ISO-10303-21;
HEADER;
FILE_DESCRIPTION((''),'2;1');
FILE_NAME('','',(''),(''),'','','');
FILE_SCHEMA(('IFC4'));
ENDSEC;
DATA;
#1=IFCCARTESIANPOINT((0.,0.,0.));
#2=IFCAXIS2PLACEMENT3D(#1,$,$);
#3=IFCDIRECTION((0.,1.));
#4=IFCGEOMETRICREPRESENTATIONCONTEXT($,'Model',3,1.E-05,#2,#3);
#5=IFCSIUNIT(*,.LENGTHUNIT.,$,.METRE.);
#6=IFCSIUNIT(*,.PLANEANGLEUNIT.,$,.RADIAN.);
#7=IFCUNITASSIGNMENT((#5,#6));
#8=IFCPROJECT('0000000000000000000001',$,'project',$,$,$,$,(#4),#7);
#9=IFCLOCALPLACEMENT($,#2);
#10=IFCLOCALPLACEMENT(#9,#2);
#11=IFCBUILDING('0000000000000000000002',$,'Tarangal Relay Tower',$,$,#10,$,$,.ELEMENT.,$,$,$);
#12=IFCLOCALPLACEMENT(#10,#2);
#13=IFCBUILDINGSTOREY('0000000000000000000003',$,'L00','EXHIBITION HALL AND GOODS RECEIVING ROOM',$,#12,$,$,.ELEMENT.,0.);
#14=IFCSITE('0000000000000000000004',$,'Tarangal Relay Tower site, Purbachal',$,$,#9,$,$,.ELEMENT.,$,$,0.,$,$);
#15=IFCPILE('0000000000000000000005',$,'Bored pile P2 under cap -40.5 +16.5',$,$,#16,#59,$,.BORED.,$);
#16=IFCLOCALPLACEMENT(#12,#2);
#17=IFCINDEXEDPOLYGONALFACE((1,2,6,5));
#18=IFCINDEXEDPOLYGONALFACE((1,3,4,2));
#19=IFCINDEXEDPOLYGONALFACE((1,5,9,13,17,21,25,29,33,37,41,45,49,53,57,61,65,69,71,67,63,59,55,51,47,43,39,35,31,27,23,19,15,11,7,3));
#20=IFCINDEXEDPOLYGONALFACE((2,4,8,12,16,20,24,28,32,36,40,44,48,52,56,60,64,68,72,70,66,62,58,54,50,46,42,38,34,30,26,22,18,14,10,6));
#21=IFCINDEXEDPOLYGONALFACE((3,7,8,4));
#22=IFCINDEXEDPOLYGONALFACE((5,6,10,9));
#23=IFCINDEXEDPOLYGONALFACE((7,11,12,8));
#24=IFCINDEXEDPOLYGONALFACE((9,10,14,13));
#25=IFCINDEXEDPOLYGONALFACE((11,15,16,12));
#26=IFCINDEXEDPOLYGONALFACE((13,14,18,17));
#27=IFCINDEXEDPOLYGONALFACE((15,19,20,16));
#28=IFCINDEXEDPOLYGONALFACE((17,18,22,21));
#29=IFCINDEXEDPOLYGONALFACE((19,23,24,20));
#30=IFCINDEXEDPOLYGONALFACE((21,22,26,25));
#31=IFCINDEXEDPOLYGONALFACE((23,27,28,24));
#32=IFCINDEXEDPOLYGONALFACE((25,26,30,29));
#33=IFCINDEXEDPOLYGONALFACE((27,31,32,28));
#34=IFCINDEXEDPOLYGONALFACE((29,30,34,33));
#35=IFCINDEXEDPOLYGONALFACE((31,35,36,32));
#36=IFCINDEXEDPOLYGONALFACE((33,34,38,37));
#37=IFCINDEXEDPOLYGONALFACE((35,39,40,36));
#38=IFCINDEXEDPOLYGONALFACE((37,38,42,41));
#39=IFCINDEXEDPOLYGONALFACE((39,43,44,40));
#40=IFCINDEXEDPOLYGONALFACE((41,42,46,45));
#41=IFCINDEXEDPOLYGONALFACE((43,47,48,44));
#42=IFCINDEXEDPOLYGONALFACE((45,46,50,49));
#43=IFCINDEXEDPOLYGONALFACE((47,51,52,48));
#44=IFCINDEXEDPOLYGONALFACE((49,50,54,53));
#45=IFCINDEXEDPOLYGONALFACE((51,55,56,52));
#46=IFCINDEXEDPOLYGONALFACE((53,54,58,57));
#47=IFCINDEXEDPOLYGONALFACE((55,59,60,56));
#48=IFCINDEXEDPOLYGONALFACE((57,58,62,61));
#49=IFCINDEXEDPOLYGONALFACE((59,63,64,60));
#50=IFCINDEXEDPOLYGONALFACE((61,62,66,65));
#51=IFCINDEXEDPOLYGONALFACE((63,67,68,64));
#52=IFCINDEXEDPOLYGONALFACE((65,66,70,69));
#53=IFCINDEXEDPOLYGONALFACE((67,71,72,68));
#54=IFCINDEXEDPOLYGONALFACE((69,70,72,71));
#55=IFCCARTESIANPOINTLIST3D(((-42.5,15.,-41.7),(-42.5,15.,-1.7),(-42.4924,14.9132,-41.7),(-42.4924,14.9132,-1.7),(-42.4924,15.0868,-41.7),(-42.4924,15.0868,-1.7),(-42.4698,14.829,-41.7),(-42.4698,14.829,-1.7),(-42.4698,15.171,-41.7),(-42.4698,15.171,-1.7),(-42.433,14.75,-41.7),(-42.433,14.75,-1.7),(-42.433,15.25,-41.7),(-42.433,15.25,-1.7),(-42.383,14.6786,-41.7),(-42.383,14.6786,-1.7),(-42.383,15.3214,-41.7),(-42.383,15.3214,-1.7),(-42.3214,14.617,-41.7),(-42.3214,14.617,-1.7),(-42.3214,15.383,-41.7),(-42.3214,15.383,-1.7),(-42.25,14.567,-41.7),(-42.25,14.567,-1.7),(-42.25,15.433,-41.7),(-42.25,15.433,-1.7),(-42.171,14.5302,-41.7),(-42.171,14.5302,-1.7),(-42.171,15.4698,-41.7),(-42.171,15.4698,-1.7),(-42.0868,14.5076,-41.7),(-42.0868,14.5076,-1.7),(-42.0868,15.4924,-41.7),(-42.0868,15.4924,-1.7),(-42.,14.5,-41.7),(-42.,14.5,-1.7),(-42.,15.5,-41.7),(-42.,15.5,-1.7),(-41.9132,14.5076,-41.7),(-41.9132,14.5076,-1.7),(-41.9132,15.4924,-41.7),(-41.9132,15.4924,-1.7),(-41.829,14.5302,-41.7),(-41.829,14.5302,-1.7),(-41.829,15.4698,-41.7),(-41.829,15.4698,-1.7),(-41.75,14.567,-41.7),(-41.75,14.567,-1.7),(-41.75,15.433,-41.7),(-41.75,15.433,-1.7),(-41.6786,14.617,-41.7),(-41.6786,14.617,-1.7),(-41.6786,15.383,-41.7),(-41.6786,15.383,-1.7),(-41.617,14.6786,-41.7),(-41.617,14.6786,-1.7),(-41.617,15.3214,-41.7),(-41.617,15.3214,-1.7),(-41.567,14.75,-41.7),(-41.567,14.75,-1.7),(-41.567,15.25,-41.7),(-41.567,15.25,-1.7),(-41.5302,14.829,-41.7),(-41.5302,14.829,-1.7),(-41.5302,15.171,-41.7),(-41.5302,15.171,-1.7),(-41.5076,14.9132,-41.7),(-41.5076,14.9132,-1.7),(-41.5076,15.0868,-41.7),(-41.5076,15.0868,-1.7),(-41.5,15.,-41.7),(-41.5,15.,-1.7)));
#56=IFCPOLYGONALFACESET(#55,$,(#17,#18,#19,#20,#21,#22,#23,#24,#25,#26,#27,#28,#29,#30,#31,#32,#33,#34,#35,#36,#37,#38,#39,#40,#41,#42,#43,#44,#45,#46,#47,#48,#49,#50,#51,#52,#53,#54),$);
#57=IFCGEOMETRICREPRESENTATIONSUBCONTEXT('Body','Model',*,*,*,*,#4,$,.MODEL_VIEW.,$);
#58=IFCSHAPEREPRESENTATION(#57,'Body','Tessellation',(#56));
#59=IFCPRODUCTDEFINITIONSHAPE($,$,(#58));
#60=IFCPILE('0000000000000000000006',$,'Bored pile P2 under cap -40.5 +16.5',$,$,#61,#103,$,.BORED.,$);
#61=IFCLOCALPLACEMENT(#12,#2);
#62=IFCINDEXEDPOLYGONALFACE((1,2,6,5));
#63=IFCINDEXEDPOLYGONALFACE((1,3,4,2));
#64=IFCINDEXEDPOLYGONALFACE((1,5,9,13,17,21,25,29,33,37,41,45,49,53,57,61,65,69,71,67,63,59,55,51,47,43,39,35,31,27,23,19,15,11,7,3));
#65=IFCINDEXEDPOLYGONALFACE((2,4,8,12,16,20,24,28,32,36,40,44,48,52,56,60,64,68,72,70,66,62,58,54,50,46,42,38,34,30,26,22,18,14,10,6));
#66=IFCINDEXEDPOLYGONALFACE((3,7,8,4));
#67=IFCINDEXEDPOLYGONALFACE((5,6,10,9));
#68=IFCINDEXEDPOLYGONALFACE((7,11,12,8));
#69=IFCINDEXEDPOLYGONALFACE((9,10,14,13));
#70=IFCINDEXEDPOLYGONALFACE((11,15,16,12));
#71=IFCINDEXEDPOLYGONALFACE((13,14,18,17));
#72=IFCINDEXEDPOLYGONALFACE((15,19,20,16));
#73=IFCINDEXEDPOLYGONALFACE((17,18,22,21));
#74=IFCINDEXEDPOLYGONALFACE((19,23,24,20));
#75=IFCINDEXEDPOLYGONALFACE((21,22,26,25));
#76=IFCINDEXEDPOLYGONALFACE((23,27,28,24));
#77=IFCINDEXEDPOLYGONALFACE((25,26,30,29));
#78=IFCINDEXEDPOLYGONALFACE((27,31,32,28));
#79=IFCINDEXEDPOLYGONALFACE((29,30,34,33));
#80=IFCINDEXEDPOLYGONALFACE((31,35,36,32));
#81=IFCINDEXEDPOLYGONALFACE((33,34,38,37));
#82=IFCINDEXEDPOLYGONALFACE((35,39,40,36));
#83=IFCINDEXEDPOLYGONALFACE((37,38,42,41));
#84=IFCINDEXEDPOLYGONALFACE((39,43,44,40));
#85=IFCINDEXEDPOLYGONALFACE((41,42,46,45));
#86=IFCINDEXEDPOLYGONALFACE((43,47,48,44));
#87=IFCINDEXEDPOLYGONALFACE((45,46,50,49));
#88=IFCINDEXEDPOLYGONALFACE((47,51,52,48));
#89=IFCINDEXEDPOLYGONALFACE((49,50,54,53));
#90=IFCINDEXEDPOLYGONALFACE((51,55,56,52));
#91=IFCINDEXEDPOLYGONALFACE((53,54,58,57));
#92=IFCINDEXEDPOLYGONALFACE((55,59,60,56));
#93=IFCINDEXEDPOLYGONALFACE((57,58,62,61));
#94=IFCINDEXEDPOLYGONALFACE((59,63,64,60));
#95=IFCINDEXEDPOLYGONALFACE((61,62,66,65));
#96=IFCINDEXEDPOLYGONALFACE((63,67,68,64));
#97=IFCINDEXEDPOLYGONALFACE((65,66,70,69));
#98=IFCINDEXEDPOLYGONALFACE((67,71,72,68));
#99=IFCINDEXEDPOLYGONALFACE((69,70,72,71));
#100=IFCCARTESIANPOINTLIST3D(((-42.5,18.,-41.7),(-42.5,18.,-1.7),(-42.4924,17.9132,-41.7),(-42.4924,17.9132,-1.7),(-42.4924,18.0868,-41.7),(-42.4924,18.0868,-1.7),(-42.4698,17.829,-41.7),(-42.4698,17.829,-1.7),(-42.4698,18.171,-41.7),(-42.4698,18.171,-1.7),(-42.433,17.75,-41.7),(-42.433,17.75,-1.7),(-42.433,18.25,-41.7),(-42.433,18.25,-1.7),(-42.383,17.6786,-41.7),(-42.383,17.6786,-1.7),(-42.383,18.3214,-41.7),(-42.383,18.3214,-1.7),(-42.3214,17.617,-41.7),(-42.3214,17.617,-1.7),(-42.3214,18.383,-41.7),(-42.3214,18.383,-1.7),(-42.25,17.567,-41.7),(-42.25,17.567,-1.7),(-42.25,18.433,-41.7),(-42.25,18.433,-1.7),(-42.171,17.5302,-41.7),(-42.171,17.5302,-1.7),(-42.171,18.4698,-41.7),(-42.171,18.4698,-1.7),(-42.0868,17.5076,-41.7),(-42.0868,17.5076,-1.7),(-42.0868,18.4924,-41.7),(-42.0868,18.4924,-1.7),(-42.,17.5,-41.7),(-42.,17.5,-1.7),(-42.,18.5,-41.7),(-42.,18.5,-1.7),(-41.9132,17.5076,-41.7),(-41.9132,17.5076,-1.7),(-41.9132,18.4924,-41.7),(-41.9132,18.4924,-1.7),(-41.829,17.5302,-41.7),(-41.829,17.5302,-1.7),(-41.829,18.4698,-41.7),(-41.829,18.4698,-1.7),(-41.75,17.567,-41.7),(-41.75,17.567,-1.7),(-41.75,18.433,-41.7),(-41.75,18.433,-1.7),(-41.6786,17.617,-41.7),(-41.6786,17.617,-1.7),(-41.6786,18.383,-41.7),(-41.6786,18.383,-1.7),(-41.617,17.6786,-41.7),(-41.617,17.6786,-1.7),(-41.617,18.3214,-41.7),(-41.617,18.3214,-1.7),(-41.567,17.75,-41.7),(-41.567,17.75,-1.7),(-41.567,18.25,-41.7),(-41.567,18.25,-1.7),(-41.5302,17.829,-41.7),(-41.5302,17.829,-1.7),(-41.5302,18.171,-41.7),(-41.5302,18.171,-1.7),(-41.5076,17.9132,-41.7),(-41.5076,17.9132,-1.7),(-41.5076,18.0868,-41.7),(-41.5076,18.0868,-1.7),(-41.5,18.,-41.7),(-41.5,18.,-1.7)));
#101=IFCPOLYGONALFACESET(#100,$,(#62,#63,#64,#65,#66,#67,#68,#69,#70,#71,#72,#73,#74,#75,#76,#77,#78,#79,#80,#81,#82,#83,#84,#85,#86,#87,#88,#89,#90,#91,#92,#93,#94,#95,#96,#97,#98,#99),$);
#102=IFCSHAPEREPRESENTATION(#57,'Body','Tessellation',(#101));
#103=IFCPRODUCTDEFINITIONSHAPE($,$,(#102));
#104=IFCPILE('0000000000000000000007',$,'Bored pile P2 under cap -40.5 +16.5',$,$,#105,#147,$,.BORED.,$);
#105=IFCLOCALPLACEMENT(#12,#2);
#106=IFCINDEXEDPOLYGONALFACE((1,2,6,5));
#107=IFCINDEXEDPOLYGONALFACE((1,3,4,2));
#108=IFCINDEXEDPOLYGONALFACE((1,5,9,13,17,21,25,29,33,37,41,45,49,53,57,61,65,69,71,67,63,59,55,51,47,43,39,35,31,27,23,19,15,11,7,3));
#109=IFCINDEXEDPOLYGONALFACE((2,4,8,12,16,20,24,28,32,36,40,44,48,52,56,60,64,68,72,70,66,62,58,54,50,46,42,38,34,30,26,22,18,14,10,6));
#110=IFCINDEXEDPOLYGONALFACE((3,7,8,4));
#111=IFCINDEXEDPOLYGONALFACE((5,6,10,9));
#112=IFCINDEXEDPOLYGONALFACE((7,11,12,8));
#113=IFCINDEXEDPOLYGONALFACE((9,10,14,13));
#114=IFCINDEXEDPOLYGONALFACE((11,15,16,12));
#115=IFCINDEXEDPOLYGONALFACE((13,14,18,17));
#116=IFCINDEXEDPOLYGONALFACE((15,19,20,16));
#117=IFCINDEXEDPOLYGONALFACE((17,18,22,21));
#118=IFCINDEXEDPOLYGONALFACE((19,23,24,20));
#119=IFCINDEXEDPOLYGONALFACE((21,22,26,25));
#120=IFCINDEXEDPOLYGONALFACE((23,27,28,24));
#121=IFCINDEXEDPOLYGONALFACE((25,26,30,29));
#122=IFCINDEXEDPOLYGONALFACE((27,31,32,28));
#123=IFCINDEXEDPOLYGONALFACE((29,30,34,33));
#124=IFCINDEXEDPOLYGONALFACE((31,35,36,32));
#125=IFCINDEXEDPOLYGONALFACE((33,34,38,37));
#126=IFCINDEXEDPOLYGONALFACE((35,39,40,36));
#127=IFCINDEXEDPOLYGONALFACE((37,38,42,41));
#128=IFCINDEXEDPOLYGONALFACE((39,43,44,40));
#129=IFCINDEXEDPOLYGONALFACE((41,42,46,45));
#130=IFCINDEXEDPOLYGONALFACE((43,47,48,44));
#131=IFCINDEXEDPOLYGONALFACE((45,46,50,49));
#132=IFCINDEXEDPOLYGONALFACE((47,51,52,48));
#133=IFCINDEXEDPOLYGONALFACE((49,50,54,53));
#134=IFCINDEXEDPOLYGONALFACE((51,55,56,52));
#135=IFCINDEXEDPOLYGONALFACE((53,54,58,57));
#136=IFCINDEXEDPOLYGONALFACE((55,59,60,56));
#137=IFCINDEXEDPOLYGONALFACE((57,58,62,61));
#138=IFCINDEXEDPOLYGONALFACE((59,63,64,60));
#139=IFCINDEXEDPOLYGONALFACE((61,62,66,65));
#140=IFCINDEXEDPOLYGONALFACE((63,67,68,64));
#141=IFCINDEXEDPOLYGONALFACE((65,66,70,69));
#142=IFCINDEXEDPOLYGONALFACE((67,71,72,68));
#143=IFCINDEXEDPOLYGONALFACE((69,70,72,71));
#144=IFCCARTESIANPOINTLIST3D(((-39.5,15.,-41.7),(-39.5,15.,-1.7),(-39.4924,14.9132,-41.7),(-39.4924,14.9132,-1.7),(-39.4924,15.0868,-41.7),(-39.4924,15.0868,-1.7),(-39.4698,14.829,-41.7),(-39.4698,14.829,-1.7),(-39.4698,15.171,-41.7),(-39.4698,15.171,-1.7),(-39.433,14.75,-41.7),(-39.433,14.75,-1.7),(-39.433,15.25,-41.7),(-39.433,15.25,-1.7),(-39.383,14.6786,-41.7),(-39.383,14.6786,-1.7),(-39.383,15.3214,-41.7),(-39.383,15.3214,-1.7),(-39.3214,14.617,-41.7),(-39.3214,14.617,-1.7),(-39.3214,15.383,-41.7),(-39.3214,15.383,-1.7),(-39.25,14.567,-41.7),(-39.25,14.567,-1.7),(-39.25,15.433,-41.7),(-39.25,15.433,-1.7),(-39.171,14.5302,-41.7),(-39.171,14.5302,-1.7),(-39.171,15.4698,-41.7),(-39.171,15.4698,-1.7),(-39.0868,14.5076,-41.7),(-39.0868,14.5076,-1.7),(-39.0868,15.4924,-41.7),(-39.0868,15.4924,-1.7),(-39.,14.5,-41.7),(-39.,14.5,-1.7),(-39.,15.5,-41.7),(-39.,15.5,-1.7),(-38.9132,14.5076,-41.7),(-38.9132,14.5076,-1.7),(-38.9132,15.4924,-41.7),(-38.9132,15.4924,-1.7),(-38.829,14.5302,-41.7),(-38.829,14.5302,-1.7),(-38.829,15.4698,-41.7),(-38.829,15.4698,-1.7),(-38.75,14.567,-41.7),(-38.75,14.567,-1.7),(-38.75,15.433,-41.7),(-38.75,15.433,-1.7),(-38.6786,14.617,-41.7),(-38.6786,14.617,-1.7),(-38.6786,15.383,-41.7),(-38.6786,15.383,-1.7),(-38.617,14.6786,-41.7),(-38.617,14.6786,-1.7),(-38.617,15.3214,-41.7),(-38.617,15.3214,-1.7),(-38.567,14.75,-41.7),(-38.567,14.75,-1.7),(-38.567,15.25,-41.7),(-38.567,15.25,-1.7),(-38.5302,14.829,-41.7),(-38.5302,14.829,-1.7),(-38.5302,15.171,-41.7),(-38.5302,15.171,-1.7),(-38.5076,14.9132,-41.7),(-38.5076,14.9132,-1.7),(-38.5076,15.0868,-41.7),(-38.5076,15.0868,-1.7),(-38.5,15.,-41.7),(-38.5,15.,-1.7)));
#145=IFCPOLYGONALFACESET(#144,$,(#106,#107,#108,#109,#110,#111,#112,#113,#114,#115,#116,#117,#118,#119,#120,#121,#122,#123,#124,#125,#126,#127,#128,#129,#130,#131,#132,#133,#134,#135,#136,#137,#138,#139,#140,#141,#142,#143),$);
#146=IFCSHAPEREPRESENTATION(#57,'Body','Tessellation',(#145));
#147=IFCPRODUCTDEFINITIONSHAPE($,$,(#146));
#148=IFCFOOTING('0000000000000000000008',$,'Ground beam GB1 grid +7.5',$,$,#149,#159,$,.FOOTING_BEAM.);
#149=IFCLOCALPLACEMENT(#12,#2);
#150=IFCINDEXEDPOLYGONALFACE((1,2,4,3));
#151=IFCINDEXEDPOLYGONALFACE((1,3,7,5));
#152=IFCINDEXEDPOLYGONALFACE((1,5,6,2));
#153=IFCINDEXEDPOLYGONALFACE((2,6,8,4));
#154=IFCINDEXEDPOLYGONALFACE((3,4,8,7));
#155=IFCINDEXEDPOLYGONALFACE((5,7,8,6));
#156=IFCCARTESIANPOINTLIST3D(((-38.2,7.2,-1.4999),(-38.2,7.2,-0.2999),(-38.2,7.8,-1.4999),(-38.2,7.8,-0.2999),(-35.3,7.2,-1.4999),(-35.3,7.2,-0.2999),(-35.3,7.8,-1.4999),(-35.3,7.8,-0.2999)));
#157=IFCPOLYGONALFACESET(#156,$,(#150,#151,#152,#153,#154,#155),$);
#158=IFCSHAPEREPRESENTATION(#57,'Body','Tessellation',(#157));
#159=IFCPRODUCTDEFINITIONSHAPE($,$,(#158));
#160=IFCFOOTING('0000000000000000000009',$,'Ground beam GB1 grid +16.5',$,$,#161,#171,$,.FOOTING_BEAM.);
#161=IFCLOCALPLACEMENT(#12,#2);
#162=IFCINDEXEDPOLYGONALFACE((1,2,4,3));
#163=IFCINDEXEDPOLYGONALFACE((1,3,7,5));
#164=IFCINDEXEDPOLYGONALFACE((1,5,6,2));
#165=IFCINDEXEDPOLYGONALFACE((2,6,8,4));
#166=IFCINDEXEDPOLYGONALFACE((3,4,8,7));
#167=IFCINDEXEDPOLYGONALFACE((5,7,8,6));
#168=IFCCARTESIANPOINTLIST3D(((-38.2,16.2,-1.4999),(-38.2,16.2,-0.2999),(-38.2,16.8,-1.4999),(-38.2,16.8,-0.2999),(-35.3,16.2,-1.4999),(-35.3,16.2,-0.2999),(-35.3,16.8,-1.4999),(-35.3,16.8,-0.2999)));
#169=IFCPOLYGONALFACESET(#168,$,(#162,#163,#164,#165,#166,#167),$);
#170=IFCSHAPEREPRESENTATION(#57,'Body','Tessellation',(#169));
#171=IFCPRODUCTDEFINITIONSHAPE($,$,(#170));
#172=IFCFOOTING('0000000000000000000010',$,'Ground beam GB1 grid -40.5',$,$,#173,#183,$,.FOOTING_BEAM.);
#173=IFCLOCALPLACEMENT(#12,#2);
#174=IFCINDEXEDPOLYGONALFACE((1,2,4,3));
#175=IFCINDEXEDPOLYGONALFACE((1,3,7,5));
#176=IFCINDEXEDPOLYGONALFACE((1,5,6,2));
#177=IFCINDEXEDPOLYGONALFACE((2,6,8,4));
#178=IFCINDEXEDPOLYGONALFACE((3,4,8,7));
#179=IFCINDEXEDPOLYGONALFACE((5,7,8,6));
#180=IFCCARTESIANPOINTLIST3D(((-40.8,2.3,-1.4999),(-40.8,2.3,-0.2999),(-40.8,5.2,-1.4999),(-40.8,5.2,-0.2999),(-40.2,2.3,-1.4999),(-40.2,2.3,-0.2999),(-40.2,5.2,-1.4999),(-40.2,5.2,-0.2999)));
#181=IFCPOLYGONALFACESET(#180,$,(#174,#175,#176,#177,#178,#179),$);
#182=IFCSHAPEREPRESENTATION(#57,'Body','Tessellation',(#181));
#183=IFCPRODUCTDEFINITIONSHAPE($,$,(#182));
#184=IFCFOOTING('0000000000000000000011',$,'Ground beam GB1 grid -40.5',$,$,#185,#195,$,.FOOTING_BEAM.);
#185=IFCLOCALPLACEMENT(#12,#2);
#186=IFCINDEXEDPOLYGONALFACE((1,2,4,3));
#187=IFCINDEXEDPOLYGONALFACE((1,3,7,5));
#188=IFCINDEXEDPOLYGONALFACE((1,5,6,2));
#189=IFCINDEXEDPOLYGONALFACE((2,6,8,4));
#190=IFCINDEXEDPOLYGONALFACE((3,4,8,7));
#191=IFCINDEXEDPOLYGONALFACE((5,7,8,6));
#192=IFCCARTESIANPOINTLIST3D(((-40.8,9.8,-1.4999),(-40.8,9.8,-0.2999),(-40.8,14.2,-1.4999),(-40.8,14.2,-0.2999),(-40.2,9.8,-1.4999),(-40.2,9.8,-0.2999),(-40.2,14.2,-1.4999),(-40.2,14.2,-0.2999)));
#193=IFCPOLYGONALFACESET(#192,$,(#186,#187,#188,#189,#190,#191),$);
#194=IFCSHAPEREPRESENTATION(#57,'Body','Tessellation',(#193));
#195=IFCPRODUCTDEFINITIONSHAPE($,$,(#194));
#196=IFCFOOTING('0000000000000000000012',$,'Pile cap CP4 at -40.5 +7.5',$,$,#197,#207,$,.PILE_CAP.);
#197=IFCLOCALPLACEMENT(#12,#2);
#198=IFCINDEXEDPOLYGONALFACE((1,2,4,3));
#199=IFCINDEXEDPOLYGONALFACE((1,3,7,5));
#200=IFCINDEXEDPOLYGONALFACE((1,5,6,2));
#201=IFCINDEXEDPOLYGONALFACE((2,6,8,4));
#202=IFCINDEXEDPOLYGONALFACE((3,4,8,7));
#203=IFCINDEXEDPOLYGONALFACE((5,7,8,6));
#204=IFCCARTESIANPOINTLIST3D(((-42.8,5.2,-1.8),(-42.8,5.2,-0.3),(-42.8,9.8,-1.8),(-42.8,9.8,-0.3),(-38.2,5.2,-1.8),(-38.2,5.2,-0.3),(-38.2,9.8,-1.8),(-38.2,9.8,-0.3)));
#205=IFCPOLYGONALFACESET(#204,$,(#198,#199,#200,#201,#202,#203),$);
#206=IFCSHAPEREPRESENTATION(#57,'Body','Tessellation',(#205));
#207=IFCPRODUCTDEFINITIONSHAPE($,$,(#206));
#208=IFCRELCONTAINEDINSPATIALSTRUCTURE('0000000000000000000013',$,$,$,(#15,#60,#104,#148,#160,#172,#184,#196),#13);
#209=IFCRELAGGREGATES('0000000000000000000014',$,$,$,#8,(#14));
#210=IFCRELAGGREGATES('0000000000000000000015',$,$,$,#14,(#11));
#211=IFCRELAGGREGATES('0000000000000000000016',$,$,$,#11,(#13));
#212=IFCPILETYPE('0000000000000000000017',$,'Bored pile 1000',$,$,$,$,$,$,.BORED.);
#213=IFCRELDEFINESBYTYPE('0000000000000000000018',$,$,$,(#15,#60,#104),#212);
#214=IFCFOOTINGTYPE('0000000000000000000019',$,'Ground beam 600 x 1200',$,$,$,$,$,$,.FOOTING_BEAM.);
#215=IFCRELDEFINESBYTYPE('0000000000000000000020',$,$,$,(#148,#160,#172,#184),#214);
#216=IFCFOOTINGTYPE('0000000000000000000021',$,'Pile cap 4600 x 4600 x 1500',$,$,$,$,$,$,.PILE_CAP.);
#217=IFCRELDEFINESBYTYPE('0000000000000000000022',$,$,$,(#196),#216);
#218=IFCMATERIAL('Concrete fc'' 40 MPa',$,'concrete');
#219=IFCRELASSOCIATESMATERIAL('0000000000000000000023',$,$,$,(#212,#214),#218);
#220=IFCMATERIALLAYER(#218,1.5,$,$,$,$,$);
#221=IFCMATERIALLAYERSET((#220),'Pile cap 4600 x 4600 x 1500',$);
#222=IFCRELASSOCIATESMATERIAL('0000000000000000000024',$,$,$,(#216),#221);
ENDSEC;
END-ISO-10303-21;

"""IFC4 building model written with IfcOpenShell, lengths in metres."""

from ifc_helpers import new_model, si_unit, direction, frame, origin, origin_2d, place, context, subcontext, project, spatial, rectangle, circle, extrude, material, layer, layer_set, material_profile, profile_set, type_object, element, save


model = new_model("IFC4")

# Units and contexts
model_context = context("Model", 3, precision=1e-05, world=origin(), true_north=direction((0.0, 1.0)))
body_context = subcontext(model_context, "Body", "Model", "MODEL_VIEW")
ifc_project = project(units=[si_unit("LENGTHUNIT", "METRE"), si_unit("PLANEANGLEUNIT", "RADIAN")], contexts=[model_context])

# Site, building, storey
site_placement = place(None, origin())
site = spatial("IfcSite", under=ifc_project, at=site_placement, Name="Tarangal Relay Tower site, Purbachal", CompositionType="ELEMENT", RefElevation=0.0)
building_placement = place(site_placement, origin())
building = spatial("IfcBuilding", under=site, at=building_placement, Name="Tarangal Relay Tower", CompositionType="ELEMENT")
storey_placement = place(building_placement, origin())
storey = spatial("IfcBuildingStorey", under=building, at=storey_placement, Name="L00", Description="EXHIBITION HALL AND GOODS RECEIVING ROOM", CompositionType="ELEMENT", Elevation=0.0)

# Piles
ifc_material_1 = material(Name="Concrete fc' 40 MPa", Category="concrete")
ifc_material_profile_1 = material_profile(ifc_material_1, circle(Radius=0.5, at=origin_2d()), Name="D1000")
ifc_profile_set_1 = profile_set([ifc_material_profile_1], Name="Concrete fc' 40 MPa")
pile_type = type_object("IfcPileType", Name="Bored pile 1000", PredefinedType="BORED", material=ifc_profile_set_1)
for number, where, z_axis, x_axis, name in (
    (1, (-42.0, 15.0, -1.7), (0.0, 0.0, -1.0), (1.0, 0.0, 0.0), "Bored pile P2 under cap -40.5 +16.5"),
    (2, (-42.0, 18.0, -1.7), (0.0, 0.0, -1.0), (1.0, 0.0, 0.0), "Bored pile P2 under cap -40.5 +16.5"),
    (3, (-39.0, 15.0, -1.7), (0.0, 0.0, -1.0), (1.0, 0.0, 0.0), "Bored pile P2 under cap -40.5 +16.5"),
):
    element("IfcPile", number, at=place(storey_placement, frame(where, z_axis=z_axis, x_axis=x_axis)), inside=storey, type_object=pile_type, Name=name, PredefinedType="BORED", context=body_context, shape_type="SweptSolid", body=[
        extrude(circle(Radius=0.5, at=origin_2d()), origin(), (0.0, 0.0, 1.0), 40.0),
    ])

# Footings
ifc_material_profile_2 = material_profile(ifc_material_1, rectangle(XDim=0.6001, YDim=1.2, at=origin_2d()), Name="GB 600X1200")
ifc_profile_set_2 = profile_set([ifc_material_profile_2], Name="Concrete fc' 40 MPa")
footing_type_1 = type_object("IfcFootingType", Name="Ground beam 600 x 1200", PredefinedType="FOOTING_BEAM", material=ifc_profile_set_2)
for number, where, z_axis, x_axis, name in (
    (4, (-35.3, 7.5, -0.8999), (-1.0, 0.0, 0.0), (0.0, -1.0, 0.0), "Ground beam GB1 grid +7.5"),
    (5, (-35.3, 16.5, -0.8999), (-1.0, 0.0, 0.0), (0.0, -1.0, 0.0), "Ground beam GB1 grid +16.5"),
    (6, (-40.5, 2.3, -0.8999), (0.0, 1.0, 0.0), (-1.0, 0.0, 0.0), "Ground beam GB1 grid -40.5"),
):
    element("IfcFooting", number, at=place(storey_placement, frame(where, z_axis=z_axis, x_axis=x_axis)), inside=storey, type_object=footing_type_1, Name=name, PredefinedType="FOOTING_BEAM", context=body_context, shape_type="SweptSolid", body=[
        extrude(rectangle(XDim=0.6001, YDim=1.2, at=origin_2d()), origin(), (0.0, 0.0, 1.0), 2.8999),
    ])
footing_placement = place(storey_placement, frame((-40.5, 9.8, -0.8999), z_axis=(0.0, 1.0, 0.0), x_axis=(-1.0, 0.0, 0.0)))
element("IfcFooting", 7, at=footing_placement, inside=storey, type_object=footing_type_1, Name="Ground beam GB1 grid -40.5", PredefinedType="FOOTING_BEAM", context=body_context, shape_type="SweptSolid", body=[
    extrude(rectangle(XDim=0.6001, YDim=1.2, at=origin_2d()), origin(), (0.0, 0.0, 1.0), 4.3999),
])
ifc_layer_1 = layer(ifc_material_1, 1.5)
ifc_layer_set_1 = layer_set([ifc_layer_1], Name="Pile cap 4600 x 4600 x 1500")
footing_type_2 = type_object("IfcFootingType", Name="Pile cap 4600 x 4600 x 1500", PredefinedType="PILE_CAP", material=ifc_layer_set_1)
for number, where, z_axis, x_axis, name in (
    (8, (-40.5, 7.5, -1.8), (0.0, 0.0, 1.0), (1.0, 0.0, 0.0), "Pile cap CP4 at -40.5 +7.5"),
):
    element("IfcFooting", number, at=place(storey_placement, frame(where, z_axis=z_axis, x_axis=x_axis)), inside=storey, type_object=footing_type_2, Name=name, PredefinedType="PILE_CAP", context=body_context, shape_type="SweptSolid", body=[
        extrude(rectangle(XDim=4.6001, YDim=4.6001, at=origin_2d()), origin(), (0.0, 0.0, 1.0), 1.5),
    ])

save(model, "model.ifc")
